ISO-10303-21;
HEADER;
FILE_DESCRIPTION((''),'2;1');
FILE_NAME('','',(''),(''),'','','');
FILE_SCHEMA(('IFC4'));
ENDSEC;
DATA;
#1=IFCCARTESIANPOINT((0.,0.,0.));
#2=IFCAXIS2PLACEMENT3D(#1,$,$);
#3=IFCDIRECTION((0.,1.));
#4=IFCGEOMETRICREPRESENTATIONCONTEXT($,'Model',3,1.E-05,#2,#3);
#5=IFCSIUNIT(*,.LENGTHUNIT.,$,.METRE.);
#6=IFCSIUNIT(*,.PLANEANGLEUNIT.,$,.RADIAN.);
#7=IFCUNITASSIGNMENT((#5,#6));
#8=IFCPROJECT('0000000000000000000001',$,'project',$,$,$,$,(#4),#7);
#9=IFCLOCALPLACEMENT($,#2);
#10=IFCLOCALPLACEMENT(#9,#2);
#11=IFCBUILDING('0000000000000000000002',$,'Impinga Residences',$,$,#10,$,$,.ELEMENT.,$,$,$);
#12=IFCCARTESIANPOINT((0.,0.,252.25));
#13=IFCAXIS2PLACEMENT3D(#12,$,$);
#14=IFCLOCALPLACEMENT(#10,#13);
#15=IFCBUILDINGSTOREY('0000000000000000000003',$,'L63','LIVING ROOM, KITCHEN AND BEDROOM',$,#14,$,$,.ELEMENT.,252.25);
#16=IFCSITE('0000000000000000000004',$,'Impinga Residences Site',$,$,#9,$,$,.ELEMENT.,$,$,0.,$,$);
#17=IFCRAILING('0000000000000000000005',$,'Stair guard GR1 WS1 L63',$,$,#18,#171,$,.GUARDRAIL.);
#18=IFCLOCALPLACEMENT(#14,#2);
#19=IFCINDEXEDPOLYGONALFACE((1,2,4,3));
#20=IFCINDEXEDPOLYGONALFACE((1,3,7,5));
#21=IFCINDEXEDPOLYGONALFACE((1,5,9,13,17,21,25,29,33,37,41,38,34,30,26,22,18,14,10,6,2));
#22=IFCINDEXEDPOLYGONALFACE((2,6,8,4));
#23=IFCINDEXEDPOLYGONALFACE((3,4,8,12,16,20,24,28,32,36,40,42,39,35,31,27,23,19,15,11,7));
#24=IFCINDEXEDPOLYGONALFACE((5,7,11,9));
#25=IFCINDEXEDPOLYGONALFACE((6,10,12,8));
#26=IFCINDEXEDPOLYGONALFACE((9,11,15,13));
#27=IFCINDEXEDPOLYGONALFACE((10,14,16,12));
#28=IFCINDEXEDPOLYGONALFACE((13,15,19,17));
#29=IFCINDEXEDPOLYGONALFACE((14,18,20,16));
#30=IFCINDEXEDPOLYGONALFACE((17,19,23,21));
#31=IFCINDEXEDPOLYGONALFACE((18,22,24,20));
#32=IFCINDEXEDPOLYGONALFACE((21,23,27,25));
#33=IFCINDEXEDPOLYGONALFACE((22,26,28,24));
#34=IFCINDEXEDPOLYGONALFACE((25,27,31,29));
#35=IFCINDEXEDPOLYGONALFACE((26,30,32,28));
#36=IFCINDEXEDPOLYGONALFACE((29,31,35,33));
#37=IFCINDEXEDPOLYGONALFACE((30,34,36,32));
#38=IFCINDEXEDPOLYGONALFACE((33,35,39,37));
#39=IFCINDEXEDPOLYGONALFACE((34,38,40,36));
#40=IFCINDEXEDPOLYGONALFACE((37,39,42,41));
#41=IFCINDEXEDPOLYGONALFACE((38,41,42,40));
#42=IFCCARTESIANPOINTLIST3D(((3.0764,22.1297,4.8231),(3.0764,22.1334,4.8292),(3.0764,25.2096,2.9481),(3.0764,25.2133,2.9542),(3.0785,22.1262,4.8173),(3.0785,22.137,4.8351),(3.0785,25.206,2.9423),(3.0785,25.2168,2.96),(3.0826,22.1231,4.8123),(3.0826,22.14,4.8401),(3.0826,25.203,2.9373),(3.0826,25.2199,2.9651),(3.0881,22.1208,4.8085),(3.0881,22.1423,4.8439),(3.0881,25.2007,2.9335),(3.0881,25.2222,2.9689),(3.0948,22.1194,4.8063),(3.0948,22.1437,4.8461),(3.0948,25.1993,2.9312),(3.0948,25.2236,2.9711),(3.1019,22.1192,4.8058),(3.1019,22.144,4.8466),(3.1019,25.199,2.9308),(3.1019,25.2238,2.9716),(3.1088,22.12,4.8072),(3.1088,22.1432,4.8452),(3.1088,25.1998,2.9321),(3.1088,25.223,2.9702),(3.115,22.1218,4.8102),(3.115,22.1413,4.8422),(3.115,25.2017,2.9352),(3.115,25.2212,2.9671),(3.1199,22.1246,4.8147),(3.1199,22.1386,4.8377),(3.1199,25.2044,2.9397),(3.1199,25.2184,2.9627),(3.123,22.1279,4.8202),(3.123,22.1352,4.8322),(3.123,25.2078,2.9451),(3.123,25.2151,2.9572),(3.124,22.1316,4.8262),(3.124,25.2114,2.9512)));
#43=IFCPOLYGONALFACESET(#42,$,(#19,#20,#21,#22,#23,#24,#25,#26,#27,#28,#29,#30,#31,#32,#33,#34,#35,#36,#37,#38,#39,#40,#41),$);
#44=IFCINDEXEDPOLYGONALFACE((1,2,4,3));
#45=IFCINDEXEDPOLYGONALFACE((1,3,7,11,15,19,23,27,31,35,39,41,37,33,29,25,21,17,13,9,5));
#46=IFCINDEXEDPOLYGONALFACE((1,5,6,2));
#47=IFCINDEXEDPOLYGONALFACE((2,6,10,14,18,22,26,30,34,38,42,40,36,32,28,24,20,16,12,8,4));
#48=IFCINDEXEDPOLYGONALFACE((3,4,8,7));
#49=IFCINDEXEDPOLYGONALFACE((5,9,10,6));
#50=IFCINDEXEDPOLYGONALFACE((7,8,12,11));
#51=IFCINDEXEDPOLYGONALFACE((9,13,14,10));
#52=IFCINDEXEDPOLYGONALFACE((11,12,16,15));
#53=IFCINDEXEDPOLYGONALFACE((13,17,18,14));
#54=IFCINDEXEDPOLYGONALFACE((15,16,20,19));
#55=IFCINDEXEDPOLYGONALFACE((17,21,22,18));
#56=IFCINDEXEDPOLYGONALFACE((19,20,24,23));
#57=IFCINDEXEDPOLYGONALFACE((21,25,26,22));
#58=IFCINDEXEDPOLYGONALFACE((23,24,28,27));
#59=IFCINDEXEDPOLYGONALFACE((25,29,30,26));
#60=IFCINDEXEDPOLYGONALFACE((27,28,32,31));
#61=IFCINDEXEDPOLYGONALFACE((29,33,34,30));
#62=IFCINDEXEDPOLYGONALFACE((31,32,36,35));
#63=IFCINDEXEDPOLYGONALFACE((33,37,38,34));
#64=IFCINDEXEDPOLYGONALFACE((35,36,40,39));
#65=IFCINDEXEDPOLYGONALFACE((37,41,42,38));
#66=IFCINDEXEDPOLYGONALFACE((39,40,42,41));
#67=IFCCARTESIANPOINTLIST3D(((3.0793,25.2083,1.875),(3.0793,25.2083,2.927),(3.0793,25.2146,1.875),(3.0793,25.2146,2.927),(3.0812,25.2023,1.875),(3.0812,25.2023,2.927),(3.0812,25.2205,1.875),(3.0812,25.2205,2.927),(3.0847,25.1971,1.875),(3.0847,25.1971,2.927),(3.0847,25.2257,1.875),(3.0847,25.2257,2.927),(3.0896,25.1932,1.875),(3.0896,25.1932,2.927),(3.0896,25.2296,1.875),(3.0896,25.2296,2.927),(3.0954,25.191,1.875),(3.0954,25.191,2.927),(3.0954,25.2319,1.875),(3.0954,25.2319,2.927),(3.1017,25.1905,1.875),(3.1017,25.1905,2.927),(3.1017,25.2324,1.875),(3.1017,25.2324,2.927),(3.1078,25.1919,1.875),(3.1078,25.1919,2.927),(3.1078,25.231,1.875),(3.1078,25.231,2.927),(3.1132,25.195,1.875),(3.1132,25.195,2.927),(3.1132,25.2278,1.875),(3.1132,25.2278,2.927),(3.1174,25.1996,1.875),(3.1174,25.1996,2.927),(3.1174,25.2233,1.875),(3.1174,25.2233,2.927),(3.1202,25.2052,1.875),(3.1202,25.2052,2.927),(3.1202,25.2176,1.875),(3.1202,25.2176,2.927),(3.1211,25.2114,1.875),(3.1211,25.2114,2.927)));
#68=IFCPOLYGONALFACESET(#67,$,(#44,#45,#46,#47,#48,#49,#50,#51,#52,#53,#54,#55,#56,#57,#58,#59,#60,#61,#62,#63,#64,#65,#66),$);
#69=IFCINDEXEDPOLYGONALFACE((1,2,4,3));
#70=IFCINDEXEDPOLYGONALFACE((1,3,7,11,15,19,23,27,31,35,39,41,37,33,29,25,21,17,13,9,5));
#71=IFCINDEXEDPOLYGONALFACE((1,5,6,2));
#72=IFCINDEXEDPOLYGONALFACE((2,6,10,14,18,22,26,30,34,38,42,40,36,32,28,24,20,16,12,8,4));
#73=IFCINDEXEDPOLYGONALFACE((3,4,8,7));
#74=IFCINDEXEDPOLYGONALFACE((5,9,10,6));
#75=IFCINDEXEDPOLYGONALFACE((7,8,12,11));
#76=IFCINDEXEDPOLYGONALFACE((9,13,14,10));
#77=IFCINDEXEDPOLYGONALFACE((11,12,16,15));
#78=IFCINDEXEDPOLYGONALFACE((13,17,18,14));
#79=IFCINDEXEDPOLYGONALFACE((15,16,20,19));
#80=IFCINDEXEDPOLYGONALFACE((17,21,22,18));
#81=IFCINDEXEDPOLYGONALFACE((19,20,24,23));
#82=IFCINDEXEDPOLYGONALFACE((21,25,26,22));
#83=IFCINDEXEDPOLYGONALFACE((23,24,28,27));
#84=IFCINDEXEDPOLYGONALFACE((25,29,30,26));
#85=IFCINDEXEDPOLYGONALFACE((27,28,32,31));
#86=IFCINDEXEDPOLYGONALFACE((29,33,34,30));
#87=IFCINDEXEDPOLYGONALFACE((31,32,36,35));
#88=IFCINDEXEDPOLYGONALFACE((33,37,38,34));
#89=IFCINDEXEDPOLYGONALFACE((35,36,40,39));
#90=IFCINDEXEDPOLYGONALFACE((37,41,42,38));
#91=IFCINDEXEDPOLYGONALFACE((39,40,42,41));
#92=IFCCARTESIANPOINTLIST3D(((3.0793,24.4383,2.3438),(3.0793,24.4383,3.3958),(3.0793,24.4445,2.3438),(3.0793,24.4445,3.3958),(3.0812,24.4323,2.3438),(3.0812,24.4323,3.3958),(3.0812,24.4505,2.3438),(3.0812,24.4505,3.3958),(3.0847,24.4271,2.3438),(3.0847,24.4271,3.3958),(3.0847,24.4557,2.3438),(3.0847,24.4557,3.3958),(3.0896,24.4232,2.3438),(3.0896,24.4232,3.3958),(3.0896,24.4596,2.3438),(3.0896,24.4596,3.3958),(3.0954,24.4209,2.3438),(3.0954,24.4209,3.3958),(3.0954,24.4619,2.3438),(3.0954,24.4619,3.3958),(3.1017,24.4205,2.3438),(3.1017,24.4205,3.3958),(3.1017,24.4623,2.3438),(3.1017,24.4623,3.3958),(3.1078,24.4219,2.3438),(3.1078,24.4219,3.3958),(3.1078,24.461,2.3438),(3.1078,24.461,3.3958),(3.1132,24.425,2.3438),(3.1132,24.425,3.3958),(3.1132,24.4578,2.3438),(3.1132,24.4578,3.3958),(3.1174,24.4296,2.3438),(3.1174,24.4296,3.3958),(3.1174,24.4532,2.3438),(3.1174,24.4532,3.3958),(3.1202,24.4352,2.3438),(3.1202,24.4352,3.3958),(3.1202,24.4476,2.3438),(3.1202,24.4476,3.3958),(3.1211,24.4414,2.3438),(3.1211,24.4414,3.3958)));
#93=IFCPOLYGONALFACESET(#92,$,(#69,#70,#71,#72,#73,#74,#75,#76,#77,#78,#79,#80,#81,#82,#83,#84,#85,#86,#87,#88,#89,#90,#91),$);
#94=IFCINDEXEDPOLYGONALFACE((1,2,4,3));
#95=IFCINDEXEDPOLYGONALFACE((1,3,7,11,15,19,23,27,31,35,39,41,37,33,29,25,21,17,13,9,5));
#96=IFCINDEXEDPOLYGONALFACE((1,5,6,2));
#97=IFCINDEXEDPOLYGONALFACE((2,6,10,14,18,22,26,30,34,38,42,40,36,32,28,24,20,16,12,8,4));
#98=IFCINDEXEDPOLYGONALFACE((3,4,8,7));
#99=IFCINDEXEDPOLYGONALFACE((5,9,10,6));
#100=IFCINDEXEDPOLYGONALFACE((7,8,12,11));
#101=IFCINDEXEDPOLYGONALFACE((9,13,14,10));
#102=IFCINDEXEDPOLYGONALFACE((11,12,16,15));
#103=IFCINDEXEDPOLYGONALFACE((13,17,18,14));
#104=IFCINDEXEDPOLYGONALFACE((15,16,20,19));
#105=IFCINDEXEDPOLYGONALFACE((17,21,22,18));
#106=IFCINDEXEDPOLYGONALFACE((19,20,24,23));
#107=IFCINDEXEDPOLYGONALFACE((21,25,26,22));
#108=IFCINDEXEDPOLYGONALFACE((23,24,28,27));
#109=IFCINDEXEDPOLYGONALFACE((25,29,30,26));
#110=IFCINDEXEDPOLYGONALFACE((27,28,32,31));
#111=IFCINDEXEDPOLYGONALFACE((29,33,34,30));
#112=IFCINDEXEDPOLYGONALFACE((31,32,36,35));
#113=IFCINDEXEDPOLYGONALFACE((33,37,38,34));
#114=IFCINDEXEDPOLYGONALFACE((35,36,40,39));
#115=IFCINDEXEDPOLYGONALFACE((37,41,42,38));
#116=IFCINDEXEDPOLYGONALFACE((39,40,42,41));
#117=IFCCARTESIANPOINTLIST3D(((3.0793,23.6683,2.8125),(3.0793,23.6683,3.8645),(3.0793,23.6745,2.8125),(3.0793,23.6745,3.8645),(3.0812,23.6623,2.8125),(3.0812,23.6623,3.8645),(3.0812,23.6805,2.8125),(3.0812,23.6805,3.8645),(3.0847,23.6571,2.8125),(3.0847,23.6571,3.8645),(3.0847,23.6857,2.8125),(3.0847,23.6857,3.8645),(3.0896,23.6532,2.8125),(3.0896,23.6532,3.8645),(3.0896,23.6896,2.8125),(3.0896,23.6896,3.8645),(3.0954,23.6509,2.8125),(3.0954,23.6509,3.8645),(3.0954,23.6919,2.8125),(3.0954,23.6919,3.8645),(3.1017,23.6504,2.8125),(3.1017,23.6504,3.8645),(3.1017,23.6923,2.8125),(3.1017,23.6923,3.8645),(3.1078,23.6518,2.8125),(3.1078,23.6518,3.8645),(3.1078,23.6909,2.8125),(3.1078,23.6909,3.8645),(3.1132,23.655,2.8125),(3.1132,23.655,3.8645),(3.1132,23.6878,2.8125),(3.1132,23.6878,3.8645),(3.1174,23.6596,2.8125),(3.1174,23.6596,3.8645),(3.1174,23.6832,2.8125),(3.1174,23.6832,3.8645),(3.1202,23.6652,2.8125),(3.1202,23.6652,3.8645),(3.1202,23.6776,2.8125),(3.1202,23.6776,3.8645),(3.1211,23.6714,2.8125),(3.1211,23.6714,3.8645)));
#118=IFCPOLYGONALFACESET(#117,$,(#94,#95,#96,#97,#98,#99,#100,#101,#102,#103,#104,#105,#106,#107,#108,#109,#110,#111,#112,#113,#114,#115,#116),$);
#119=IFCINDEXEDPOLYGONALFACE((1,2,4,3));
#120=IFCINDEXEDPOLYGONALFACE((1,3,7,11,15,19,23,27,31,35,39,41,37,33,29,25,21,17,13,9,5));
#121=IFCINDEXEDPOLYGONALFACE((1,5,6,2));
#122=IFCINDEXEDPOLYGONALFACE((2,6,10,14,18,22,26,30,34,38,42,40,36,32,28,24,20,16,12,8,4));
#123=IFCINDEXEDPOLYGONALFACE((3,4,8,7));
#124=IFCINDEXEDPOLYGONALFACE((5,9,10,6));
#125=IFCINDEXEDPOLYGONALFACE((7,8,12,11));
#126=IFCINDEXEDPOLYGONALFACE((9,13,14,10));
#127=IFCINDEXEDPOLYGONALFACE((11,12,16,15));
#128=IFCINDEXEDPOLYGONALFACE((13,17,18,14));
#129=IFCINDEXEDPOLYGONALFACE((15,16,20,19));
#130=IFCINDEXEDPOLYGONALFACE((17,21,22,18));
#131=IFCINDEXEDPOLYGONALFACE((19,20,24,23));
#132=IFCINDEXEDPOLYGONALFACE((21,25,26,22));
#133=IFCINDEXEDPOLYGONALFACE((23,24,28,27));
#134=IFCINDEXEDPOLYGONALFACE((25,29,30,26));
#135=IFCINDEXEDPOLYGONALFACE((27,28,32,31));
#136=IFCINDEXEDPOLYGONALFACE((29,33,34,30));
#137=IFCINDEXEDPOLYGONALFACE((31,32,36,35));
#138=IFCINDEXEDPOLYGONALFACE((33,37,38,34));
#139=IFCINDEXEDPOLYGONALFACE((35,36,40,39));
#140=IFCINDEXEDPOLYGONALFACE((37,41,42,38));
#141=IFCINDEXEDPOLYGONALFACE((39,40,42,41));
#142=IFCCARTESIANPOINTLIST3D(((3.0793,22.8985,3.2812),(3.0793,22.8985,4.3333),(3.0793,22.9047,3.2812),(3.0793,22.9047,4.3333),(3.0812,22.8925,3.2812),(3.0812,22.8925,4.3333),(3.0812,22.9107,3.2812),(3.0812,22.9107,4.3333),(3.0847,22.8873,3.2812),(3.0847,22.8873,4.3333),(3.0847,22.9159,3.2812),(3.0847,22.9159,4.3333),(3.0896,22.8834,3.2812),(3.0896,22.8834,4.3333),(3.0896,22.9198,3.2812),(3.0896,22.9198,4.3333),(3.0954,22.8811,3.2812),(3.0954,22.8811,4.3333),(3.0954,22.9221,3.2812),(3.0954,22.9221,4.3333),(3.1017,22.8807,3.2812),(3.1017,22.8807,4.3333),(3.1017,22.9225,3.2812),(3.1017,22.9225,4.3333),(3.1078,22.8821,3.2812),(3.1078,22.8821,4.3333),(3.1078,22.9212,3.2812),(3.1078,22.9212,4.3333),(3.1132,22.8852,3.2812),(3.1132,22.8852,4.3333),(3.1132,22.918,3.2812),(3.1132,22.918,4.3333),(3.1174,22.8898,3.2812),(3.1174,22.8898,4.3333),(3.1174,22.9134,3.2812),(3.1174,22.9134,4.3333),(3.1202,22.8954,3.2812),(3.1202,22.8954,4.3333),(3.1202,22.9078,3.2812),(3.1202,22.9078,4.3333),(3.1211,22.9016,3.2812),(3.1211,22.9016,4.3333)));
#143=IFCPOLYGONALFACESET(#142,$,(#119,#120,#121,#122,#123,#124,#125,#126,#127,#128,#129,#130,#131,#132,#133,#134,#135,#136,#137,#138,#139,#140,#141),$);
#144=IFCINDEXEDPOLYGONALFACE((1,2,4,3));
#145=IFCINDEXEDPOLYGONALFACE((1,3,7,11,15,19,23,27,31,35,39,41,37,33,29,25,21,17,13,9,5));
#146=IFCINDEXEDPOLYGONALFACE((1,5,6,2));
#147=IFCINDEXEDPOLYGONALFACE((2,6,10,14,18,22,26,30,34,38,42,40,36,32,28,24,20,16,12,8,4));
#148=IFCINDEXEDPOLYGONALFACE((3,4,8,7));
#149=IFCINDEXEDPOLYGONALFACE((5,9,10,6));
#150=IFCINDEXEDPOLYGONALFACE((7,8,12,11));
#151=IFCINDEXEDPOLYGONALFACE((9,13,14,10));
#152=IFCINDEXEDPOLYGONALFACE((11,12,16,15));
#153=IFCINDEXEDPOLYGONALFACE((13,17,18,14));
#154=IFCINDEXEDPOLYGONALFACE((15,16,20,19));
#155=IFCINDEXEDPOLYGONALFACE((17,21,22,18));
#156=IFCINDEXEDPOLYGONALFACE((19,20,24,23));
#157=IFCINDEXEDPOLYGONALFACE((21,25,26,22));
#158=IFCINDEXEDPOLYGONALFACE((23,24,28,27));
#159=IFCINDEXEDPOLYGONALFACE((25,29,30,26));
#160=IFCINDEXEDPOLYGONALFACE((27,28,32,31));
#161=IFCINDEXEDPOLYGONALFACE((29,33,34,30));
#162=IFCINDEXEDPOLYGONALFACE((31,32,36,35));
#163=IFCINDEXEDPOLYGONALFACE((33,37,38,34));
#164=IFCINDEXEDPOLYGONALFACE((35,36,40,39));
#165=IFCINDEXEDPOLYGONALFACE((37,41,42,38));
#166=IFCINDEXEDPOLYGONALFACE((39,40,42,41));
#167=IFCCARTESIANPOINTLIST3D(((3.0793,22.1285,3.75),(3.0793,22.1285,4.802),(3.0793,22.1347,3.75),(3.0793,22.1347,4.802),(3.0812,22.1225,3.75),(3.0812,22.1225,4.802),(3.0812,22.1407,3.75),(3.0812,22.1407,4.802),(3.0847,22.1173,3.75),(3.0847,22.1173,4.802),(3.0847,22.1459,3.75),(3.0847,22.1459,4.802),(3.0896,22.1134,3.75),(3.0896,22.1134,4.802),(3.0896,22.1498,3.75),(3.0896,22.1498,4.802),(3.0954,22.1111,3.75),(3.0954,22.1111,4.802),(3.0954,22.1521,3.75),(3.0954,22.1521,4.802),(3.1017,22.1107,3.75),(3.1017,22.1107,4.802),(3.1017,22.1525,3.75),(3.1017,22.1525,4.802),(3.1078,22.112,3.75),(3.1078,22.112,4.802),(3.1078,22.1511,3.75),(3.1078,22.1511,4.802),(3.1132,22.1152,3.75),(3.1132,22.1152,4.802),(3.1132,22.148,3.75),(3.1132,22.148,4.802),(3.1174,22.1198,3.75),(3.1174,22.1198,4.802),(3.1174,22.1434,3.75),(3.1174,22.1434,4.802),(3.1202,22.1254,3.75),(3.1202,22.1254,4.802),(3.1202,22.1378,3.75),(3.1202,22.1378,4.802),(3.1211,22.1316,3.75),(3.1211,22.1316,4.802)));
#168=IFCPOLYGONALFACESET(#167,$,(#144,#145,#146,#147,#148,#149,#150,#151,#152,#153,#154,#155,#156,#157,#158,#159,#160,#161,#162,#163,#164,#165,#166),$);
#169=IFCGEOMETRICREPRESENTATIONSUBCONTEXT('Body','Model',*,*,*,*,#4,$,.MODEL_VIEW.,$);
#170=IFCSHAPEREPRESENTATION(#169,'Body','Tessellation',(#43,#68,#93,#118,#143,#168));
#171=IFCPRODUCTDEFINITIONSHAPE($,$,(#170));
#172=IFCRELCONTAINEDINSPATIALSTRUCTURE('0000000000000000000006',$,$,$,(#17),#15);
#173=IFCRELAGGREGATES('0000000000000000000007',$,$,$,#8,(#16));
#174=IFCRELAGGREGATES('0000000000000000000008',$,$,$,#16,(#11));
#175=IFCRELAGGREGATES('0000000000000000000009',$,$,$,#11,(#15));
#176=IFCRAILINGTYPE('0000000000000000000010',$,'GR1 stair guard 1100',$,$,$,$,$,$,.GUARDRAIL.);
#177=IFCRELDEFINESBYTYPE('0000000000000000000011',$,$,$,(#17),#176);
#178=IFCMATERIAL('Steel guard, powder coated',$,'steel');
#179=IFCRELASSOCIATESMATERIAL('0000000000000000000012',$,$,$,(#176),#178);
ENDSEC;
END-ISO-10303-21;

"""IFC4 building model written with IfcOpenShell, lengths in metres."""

from ifc_helpers import new_model, si_unit, direction, frame, origin, origin_2d, place, context, subcontext, project, spatial, circle, extrude, material, type_object, element, save


model = new_model("IFC4")

# Units and contexts
model_context = context("Model", 3, precision=1e-05, world=origin(), true_north=direction((0.0, 1.0)))
body_context = subcontext(model_context, "Body", "Model", "MODEL_VIEW")
ifc_project = project(units=[si_unit("LENGTHUNIT", "METRE"), si_unit("PLANEANGLEUNIT", "RADIAN")], contexts=[model_context])

# Site, building, storey
site_placement = place(None, origin())
site = spatial("IfcSite", under=ifc_project, at=site_placement, Name="Impinga Residences Site", CompositionType="ELEMENT", RefElevation=0.0)
building_placement = place(site_placement, origin())
building = spatial("IfcBuilding", under=site, at=building_placement, Name="Impinga Residences", CompositionType="ELEMENT")
storey_placement = place(building_placement, frame((0.0, 0.0, 252.25)))
storey = spatial("IfcBuildingStorey", under=building, at=storey_placement, Name="L63", Description="LIVING ROOM, KITCHEN AND BEDROOM", CompositionType="ELEMENT", Elevation=252.25)

# Railing
ifc_material_1 = material(Name="Steel guard, powder coated", Category="steel")
railing_type_1 = type_object("IfcRailingType", Name="GR1 stair guard 1100", PredefinedType="GUARDRAIL", material=ifc_material_1)
railing_1_placement = place(storey_placement, frame((3.1001, 25.2114, 1.875)))
element("IfcRailing", 1, at=railing_1_placement, inside=storey, type_object=railing_type_1, Name="Stair guard GR1 WS1 L63", PredefinedType="GUARDRAIL", context=body_context, shape_type="SweptSolid", body=[
    extrude(circle(Radius=0.0239, at=origin_2d()), frame((0.0, 0.0, 1.0762), z_axis=(0.0, -0.854159, 0.520011), x_axis=(1.0, 0.0, 0.0)), (0.0, 0.0, 1.0), 3.6057),
    extrude(circle(Radius=0.021, at=origin_2d()), origin(), (0.0, 0.0, 1.0), 1.052),
    extrude(circle(Radius=0.021, at=origin_2d()), frame((0.0, -0.77, 0.4688)), (0.0, 0.0, 1.0), 1.052),
    extrude(circle(Radius=0.021, at=origin_2d()), frame((0.0, -1.54, 0.9375)), (0.0, 0.0, 1.0), 1.052),
    extrude(circle(Radius=0.021, at=origin_2d()), frame((0.0, -2.3098, 1.4062)), (0.0, 0.0, 1.0), 1.052),
    extrude(circle(Radius=0.021, at=origin_2d()), frame((0.0, -3.0798, 1.875)), (0.0, 0.0, 1.0), 1.052),
])

save(model, "model.ifc")
